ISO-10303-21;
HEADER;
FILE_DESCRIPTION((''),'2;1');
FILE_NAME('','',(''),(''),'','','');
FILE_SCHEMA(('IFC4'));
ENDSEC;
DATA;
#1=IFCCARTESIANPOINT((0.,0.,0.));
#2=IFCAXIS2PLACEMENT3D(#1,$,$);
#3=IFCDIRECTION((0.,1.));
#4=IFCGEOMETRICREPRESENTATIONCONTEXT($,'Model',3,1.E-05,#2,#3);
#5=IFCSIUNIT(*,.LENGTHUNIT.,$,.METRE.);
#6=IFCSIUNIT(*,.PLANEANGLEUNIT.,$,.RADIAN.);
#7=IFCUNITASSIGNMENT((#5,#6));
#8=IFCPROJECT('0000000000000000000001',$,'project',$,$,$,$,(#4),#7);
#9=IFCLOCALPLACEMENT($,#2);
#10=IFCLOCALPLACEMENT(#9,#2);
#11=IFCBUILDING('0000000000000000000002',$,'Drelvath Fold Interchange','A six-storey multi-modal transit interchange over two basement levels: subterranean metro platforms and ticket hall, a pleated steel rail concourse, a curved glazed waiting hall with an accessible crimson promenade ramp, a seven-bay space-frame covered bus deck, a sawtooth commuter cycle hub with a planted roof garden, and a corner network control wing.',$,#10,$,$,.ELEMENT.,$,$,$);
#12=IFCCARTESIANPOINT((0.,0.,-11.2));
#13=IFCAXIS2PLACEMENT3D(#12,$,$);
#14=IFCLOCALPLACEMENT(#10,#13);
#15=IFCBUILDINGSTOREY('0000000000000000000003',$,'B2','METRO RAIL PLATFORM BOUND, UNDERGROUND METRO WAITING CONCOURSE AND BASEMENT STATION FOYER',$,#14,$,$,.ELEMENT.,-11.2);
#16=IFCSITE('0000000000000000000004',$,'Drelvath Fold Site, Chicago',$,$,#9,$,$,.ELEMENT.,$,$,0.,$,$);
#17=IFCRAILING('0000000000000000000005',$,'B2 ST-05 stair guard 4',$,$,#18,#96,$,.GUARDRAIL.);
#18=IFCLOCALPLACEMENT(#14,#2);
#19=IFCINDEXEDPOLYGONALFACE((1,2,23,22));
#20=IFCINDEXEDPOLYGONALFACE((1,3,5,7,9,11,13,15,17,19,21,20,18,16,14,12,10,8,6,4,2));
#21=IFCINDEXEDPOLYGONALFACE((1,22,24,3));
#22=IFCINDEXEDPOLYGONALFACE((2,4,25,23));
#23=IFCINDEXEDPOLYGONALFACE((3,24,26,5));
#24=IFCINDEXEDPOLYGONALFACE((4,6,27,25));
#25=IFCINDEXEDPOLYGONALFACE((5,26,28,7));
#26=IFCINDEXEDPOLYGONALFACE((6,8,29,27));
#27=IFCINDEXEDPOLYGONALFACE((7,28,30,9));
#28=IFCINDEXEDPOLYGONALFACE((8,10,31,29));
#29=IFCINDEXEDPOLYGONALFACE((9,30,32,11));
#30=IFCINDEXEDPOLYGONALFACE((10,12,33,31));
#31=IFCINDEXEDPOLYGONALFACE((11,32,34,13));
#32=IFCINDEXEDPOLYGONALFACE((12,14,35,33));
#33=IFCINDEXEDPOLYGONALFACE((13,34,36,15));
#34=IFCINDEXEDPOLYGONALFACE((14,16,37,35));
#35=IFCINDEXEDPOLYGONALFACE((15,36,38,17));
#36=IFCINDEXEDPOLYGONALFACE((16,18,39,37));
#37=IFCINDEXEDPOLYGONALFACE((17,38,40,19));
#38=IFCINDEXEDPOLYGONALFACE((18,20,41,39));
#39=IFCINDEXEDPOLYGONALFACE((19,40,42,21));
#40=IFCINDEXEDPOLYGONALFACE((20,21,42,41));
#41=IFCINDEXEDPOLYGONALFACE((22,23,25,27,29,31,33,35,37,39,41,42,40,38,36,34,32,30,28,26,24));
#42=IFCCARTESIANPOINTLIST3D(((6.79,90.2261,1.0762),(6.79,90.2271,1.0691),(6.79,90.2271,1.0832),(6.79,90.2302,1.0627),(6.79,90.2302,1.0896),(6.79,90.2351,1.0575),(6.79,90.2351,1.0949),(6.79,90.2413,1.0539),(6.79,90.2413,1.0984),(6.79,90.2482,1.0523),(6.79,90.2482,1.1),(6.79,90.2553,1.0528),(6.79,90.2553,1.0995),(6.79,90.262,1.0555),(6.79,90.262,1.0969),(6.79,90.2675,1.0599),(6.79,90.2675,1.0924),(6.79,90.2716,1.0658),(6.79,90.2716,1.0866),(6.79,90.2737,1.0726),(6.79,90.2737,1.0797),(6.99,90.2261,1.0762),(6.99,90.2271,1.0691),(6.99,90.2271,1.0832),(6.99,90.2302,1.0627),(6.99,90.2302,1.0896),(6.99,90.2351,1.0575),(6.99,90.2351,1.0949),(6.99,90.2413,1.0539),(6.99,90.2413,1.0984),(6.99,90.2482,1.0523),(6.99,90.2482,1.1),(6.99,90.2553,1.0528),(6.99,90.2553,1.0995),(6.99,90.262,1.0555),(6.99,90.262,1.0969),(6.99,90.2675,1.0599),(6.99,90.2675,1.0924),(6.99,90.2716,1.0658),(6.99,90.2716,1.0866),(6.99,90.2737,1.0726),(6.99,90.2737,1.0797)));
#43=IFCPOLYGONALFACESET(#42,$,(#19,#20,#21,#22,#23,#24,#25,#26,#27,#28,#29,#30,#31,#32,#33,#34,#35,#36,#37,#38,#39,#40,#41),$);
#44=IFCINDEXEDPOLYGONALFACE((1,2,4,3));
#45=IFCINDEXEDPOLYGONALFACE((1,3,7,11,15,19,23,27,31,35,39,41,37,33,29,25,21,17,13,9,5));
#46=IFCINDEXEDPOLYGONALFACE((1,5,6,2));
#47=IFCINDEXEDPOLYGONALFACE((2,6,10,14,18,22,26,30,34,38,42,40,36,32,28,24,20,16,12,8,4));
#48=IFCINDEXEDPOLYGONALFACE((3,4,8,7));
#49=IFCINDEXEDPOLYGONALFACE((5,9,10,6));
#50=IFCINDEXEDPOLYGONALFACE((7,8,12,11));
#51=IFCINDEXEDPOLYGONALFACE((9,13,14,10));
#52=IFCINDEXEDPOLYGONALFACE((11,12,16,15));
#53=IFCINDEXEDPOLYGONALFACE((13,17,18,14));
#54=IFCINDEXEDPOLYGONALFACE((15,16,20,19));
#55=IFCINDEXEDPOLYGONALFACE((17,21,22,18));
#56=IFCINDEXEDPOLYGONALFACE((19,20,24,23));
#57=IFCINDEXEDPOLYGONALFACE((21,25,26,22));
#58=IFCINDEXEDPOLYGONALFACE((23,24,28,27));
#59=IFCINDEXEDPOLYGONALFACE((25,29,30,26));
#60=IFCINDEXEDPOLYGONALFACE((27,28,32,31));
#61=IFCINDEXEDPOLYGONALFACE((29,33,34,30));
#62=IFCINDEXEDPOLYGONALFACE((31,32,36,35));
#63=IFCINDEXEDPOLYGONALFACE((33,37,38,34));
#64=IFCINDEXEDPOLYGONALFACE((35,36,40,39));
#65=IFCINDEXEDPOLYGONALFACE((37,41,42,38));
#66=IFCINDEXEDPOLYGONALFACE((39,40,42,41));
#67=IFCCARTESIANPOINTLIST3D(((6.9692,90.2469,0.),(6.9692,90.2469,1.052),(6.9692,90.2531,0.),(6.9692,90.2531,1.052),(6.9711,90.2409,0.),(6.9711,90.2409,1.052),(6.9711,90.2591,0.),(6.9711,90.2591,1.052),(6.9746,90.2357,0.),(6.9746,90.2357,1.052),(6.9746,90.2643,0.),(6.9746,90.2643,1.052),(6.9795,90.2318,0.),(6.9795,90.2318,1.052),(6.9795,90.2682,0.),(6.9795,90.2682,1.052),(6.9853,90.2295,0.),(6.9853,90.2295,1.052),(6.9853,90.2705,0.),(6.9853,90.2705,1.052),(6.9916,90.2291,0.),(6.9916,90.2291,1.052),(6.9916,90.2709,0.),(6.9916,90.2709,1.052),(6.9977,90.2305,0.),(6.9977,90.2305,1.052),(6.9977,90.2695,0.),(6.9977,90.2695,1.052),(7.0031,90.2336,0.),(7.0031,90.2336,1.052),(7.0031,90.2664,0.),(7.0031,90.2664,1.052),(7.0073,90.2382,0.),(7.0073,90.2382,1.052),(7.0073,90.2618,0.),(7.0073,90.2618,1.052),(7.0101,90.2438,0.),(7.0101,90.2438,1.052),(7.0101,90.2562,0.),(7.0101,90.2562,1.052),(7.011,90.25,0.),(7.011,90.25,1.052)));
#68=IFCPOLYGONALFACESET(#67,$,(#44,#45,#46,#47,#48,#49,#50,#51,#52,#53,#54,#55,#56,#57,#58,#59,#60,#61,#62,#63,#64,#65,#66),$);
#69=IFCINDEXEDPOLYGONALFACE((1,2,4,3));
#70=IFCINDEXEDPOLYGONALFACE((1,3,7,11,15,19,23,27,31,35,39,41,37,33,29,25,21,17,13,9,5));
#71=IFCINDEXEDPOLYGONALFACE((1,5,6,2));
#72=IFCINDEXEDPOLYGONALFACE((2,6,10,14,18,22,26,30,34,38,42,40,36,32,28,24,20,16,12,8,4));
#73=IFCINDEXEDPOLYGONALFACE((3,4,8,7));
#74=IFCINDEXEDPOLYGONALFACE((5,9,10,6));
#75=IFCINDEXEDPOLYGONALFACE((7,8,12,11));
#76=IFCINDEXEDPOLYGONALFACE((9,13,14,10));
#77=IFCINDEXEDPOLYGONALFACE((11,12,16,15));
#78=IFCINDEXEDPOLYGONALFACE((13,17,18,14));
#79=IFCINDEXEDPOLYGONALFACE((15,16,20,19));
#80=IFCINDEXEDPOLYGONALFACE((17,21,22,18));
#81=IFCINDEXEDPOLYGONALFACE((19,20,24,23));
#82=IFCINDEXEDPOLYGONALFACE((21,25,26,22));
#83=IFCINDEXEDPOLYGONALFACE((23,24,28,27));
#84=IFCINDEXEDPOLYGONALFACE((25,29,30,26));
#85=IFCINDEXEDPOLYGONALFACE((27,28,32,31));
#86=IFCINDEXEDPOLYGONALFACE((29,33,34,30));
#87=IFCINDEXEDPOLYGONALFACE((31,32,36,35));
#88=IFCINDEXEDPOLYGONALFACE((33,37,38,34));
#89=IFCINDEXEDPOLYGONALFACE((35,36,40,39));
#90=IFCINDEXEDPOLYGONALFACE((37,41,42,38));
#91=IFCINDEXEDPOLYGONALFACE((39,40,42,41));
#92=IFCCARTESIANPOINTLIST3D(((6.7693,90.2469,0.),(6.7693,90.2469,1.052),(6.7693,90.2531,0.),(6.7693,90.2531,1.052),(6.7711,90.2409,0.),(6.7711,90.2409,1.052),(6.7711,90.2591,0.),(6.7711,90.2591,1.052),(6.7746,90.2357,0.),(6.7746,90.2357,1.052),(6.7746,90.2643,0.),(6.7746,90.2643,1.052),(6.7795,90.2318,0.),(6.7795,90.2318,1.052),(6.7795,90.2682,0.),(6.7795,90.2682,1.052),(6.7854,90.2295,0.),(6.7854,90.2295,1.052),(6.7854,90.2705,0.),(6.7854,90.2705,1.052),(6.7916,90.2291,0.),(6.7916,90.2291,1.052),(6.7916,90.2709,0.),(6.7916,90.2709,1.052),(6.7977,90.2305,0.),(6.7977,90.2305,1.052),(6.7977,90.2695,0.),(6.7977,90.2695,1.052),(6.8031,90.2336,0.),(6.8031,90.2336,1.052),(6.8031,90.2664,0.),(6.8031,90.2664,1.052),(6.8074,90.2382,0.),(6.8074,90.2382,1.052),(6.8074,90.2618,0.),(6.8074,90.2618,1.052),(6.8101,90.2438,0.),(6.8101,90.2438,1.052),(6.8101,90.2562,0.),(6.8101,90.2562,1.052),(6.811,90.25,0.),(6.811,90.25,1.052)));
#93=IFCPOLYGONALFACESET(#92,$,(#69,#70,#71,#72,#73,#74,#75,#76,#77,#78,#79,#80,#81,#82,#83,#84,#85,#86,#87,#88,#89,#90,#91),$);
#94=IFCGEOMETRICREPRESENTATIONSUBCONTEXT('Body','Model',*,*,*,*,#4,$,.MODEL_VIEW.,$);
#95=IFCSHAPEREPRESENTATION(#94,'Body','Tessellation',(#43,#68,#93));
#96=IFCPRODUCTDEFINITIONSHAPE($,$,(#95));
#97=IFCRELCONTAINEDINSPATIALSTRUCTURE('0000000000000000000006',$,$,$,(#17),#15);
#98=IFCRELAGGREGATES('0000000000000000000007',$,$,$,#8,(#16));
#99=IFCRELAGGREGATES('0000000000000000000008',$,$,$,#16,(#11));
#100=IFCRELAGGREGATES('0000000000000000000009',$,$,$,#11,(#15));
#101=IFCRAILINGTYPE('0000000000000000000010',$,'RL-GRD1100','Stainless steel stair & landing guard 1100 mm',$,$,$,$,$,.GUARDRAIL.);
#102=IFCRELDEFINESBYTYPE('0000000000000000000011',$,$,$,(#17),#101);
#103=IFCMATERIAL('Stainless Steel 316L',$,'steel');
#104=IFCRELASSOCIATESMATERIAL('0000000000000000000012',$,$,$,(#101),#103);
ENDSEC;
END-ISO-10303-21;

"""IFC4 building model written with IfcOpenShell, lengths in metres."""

from ifc_helpers import new_model, si_unit, direction, frame, origin, origin_2d, place, context, subcontext, project, spatial, circle, extrude, material, type_object, element, save


model = new_model("IFC4")

# Units and contexts
model_context = context("Model", 3, precision=1e-05, world=origin(), true_north=direction((0.0, 1.0)))
body_context = subcontext(model_context, "Body", "Model", "MODEL_VIEW")
ifc_project = project(units=[si_unit("LENGTHUNIT", "METRE"), si_unit("PLANEANGLEUNIT", "RADIAN")], contexts=[model_context])

# Site, building, storey
site_placement = place(None, origin())
site = spatial("IfcSite", under=ifc_project, at=site_placement, Name="Drelvath Fold Site, Chicago", CompositionType="ELEMENT", RefElevation=0.0)
building_placement = place(site_placement, origin())
building = spatial("IfcBuilding", under=site, at=building_placement, Name="Drelvath Fold Interchange", Description="A six-storey multi-modal transit interchange over two basement levels: subterranean metro platforms and ticket hall, a pleated steel rail concourse, a curved glazed waiting hall with an accessible crimson promenade ramp, a seven-bay space-frame covered bus deck, a sawtooth commuter cycle hub with a planted roof garden, and a corner network control wing.", CompositionType="ELEMENT")
storey_placement = place(building_placement, frame((0.0, 0.0, -11.2)))
storey = spatial("IfcBuildingStorey", under=building, at=storey_placement, Name="B2", Description="METRO RAIL PLATFORM BOUND, UNDERGROUND METRO WAITING CONCOURSE AND BASEMENT STATION FOYER", CompositionType="ELEMENT", Elevation=-11.2)

# Railing
ifc_material_1 = material(Name="Stainless Steel 316L", Category="steel")
railing_type_1 = type_object("IfcRailingType", Name="RL-GRD1100", Description="Stainless steel stair & landing guard 1100 mm", PredefinedType="GUARDRAIL", material=ifc_material_1)
railing_1_placement = place(storey_placement, frame((6.99, 90.25, 0.0)))
element("IfcRailing", 1, at=railing_1_placement, inside=storey, type_object=railing_type_1, Name="B2 ST-05 stair guard 4", PredefinedType="GUARDRAIL", context=body_context, shape_type="SweptSolid", body=[
    extrude(circle(Radius=0.0239, at=origin_2d()), frame((0.0, 0.0, 1.0762), z_axis=(-1.0, 0.0, 0.0), x_axis=(0.0, -1.0, 0.0)), (0.0, 0.0, 1.0), 0.2),
    extrude(circle(Radius=0.021, at=origin_2d()), origin(), (0.0, 0.0, 1.0), 1.052),
    extrude(circle(Radius=0.021, at=origin_2d()), frame((-0.2, 0.0, 0.0)), (0.0, 0.0, 1.0), 1.052),
])

save(model, "model.ifc")
